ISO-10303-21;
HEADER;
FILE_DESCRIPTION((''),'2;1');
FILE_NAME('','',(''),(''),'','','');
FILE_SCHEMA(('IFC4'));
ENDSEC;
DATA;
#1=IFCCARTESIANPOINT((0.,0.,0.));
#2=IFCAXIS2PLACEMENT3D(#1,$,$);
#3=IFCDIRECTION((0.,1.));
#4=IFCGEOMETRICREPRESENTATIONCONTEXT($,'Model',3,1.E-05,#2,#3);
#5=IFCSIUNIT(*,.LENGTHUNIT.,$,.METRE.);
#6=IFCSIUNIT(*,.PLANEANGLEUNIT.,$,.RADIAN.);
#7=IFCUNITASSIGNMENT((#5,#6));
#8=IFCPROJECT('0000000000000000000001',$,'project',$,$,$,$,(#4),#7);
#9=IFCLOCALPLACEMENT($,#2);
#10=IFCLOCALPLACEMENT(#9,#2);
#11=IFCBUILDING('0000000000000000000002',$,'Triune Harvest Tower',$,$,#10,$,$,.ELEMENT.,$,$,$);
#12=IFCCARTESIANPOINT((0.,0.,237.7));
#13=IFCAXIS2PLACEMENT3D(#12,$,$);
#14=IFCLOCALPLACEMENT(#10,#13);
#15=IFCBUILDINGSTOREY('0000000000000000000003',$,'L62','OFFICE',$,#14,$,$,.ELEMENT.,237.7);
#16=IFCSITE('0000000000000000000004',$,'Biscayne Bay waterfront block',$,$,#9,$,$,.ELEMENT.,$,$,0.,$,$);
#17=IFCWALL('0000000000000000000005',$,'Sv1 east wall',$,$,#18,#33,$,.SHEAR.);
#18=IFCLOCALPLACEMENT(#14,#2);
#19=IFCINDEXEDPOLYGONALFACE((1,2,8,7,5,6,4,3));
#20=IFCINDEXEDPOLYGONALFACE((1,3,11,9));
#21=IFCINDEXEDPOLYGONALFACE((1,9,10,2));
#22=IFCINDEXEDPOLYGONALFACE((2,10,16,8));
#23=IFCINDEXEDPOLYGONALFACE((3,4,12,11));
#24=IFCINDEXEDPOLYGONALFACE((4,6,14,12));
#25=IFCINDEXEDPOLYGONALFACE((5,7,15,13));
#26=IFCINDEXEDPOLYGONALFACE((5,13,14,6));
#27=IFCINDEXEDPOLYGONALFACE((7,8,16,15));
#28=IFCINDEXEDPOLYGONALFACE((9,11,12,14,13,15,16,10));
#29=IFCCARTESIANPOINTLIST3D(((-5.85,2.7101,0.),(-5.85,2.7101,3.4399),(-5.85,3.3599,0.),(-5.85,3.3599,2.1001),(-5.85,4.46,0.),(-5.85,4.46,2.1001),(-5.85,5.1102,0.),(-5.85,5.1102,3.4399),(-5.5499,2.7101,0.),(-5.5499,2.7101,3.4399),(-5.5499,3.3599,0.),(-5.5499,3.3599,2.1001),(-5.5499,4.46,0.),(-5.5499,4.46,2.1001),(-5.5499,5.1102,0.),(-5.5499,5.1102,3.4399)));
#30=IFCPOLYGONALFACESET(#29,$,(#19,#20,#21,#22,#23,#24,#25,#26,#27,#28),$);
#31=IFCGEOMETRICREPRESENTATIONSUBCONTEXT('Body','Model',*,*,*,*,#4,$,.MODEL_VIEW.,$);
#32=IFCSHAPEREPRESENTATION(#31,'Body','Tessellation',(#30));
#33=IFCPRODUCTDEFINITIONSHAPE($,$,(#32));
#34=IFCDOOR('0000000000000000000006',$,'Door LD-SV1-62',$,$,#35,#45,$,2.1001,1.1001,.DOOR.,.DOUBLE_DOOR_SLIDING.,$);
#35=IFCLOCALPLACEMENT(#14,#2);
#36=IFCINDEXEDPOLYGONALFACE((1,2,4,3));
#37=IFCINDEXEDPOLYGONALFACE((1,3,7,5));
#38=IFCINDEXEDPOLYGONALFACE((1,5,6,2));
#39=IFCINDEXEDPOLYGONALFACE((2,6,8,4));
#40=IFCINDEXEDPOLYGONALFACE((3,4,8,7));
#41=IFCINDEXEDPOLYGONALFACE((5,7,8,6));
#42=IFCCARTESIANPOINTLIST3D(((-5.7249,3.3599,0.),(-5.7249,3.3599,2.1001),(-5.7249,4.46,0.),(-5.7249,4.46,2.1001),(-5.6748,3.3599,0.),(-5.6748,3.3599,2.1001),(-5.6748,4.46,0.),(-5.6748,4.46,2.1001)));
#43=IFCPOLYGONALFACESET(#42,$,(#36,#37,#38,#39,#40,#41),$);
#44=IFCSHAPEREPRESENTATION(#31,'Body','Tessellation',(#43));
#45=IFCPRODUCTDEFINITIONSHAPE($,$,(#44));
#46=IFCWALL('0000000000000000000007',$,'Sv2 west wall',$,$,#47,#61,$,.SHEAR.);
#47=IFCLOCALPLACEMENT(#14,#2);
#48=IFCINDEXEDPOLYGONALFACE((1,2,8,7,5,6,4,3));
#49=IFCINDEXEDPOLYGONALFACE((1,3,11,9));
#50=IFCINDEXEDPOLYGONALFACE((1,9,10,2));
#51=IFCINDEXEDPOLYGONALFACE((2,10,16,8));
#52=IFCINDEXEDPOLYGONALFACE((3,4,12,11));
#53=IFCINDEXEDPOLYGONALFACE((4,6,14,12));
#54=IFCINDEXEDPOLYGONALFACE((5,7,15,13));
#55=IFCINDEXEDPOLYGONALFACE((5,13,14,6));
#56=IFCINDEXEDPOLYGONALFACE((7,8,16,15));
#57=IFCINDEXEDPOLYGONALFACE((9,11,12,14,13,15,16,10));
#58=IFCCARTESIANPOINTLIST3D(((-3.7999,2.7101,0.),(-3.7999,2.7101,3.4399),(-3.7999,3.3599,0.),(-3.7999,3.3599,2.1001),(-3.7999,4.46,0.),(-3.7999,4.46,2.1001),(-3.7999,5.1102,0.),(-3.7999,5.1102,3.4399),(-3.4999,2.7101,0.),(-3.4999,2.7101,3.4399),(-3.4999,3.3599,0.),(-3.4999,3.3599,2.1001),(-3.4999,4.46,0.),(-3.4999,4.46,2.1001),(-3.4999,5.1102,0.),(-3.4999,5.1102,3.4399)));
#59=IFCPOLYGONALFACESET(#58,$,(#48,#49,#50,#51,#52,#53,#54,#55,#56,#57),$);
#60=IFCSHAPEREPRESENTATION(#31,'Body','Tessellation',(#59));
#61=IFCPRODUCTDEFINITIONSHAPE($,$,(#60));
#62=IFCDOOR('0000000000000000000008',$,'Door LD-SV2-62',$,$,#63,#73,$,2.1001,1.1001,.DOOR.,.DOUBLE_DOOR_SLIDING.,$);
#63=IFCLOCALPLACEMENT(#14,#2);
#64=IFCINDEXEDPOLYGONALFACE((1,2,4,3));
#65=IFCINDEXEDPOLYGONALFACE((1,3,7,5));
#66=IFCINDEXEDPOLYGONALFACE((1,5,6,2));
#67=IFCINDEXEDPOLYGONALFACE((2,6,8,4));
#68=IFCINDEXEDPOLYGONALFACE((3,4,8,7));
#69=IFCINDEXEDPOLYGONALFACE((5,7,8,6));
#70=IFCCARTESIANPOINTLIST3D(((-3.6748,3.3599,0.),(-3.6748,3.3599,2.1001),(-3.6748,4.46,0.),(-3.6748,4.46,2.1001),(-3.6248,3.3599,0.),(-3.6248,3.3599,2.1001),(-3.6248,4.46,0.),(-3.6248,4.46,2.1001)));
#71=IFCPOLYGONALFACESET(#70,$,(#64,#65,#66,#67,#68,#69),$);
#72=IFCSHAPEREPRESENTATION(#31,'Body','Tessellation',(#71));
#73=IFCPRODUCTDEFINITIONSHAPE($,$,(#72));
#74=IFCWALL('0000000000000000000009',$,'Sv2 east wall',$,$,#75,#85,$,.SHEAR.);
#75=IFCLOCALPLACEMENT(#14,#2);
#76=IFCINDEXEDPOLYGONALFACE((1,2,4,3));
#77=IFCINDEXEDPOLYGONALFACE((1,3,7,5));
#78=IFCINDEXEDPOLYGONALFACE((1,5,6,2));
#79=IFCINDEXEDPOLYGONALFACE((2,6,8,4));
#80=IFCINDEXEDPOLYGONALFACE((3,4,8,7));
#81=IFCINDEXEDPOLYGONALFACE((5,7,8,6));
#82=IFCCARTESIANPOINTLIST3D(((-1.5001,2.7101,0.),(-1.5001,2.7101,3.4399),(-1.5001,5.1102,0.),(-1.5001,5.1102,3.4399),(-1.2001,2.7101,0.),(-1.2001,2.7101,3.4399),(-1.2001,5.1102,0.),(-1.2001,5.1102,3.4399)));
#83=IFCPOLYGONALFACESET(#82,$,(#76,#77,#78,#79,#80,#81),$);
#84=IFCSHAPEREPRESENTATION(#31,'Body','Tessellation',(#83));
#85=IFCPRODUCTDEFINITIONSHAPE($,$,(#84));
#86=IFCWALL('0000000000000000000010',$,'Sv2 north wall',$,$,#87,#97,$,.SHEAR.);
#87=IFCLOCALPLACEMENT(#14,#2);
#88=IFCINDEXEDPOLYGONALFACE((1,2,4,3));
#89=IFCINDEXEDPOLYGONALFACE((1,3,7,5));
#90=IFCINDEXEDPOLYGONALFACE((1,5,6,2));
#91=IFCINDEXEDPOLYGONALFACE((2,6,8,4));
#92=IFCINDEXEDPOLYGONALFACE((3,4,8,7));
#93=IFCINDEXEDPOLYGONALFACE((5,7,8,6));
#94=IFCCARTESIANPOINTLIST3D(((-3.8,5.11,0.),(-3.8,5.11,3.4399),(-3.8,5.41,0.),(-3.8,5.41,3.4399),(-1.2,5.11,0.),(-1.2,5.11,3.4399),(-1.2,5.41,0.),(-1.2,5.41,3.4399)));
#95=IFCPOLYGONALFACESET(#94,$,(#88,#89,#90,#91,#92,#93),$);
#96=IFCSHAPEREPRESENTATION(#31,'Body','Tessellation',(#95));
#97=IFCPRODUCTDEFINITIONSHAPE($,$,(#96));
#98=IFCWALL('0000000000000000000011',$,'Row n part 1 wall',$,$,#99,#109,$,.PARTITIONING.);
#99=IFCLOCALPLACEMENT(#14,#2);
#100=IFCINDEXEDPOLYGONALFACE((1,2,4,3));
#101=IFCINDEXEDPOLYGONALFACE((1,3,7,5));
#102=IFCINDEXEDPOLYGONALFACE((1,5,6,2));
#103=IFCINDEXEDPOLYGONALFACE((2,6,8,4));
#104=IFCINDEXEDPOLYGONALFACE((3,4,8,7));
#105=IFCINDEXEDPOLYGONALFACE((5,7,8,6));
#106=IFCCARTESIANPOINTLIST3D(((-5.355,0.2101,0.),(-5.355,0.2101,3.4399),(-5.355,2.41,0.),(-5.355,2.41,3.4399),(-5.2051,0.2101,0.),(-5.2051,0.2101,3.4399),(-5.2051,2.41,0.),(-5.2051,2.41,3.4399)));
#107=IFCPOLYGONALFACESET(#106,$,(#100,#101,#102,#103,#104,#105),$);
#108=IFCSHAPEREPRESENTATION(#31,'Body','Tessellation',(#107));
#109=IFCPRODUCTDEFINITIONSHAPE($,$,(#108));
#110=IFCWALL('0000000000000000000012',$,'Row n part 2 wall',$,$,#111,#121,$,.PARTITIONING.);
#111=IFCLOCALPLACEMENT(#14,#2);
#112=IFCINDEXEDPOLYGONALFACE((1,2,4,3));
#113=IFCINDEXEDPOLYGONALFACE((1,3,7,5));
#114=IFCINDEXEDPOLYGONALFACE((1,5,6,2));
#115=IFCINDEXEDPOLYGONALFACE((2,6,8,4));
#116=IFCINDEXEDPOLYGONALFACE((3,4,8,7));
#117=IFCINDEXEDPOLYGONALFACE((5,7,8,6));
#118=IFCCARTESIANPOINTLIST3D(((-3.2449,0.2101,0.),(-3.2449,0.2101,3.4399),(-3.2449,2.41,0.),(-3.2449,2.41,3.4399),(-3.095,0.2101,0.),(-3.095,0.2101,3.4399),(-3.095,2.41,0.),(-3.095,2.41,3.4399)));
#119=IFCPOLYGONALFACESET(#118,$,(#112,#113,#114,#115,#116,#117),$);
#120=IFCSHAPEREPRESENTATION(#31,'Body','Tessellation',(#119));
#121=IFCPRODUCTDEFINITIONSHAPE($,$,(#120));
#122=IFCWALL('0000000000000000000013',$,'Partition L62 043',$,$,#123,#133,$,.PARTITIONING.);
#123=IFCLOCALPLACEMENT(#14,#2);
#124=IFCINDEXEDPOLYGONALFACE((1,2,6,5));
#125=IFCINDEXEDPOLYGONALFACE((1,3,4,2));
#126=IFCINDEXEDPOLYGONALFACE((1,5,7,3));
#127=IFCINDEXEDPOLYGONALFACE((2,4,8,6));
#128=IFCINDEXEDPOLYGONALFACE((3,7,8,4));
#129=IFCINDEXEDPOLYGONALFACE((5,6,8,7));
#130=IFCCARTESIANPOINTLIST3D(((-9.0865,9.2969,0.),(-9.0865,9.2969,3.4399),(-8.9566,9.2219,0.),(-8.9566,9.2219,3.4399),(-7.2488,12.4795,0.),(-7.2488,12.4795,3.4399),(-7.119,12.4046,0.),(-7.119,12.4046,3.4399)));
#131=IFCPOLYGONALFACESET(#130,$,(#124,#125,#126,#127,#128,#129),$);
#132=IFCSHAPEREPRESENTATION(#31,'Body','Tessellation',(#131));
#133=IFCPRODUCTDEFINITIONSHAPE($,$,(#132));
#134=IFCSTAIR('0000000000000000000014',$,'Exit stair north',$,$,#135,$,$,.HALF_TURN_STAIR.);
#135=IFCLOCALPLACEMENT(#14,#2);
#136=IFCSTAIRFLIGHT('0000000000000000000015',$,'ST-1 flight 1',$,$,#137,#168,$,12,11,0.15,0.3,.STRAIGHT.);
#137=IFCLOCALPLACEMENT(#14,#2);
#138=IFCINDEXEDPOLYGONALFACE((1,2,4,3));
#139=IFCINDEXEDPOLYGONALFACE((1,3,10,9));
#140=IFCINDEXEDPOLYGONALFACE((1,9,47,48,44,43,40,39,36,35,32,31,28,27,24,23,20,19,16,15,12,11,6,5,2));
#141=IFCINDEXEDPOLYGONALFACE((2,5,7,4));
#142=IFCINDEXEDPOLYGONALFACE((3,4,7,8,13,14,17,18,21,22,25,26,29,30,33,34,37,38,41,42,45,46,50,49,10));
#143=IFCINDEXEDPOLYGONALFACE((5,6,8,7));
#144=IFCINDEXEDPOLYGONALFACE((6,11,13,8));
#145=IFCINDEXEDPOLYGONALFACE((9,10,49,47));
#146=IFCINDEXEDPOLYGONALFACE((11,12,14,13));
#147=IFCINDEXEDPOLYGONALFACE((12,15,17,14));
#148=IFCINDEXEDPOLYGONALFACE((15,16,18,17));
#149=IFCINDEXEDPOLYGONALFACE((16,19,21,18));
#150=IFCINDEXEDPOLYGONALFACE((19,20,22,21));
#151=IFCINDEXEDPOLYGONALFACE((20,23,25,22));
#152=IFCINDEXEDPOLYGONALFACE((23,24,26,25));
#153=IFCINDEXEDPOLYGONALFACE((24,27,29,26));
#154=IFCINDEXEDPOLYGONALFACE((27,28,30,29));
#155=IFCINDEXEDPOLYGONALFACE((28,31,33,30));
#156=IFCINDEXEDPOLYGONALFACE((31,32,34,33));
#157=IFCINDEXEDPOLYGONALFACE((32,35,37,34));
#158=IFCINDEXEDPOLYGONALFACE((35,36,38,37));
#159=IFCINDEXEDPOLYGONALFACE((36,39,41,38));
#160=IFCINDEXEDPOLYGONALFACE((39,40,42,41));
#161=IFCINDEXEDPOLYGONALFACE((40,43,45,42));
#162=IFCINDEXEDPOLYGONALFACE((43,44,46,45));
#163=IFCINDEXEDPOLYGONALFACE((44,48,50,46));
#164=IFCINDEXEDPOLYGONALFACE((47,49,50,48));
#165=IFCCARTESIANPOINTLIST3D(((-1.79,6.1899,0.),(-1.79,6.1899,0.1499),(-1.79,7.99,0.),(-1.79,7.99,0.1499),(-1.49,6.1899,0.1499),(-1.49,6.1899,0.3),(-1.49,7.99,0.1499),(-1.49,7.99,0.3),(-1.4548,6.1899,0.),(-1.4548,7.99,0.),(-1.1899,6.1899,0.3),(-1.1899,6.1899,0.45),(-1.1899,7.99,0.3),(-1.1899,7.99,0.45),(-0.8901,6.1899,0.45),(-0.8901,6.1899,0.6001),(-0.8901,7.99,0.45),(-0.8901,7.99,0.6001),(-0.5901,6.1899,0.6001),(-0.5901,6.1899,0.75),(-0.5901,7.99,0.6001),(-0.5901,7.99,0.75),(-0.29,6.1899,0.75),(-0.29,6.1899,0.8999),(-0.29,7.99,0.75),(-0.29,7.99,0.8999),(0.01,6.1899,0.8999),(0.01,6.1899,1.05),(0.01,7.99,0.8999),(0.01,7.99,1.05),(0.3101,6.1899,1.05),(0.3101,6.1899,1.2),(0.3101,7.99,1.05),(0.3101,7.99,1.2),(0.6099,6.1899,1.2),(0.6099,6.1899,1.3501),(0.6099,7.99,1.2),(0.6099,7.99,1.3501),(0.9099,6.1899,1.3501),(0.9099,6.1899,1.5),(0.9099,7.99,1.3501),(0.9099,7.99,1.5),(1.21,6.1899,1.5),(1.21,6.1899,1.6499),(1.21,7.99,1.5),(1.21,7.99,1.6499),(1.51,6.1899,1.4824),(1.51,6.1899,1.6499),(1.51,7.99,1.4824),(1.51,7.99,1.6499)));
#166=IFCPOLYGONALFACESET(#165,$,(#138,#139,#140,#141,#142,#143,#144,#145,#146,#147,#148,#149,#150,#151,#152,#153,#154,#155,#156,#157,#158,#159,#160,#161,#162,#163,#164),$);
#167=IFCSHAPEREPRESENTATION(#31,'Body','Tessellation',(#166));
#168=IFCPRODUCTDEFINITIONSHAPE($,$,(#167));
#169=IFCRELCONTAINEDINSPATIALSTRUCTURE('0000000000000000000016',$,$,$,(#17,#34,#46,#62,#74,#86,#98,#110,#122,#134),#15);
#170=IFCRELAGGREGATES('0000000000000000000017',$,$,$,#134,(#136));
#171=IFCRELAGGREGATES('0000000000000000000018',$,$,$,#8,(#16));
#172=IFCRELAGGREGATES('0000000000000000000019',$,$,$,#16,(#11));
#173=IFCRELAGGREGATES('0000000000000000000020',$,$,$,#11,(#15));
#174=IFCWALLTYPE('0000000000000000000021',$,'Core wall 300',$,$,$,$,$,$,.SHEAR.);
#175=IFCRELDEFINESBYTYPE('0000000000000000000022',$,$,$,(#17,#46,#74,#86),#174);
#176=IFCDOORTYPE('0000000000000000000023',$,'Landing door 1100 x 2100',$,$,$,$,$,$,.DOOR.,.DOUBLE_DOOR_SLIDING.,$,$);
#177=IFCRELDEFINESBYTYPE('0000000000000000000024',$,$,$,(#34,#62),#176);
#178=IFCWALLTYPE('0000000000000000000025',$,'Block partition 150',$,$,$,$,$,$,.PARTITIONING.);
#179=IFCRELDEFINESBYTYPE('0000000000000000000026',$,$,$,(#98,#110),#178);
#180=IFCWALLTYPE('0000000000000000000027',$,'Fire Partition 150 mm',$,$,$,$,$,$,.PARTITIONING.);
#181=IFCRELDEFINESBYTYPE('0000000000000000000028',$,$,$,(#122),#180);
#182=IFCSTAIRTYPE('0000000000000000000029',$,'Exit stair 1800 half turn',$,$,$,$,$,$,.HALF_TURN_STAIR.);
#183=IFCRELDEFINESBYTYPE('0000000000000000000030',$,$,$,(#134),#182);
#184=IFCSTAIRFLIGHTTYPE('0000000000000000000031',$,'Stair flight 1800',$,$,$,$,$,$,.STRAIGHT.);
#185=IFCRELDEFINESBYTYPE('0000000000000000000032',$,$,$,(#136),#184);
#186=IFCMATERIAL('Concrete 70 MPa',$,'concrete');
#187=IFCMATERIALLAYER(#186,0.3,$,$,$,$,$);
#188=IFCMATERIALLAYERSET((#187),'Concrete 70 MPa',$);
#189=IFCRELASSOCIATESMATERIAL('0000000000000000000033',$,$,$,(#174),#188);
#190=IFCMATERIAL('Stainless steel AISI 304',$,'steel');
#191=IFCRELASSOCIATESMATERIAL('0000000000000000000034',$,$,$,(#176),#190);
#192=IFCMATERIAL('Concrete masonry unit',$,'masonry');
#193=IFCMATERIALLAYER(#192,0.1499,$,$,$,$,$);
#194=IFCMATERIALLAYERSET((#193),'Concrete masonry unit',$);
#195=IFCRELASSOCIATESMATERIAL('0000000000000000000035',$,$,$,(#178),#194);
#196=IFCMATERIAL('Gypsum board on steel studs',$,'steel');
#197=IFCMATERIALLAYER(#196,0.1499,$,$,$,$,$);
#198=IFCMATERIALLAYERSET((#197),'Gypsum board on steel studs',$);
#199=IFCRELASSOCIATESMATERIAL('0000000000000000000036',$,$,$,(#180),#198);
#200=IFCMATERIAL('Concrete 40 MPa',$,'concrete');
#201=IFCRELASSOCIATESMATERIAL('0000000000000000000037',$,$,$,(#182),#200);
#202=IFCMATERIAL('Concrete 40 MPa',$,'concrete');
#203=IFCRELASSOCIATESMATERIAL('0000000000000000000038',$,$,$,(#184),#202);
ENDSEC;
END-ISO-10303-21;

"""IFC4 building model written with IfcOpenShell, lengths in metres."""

from ifc_helpers import new_model, si_unit, direction, frame, frame_2d, origin, place, context, subcontext, project, spatial, polyline, rectangle, outline, extrude, source, transform, mapped, material, layer, layer_set, type_object, element, fill, aggregate, save


model = new_model("IFC4")

# Units and contexts
model_context = context("Model", 3, precision=1e-05, world=origin(), true_north=direction((0.0, 1.0)))
body_context = subcontext(model_context, "Body", "Model", "MODEL_VIEW")
ifc_project = project(units=[si_unit("LENGTHUNIT", "METRE"), si_unit("PLANEANGLEUNIT", "RADIAN")], contexts=[model_context])

# Site, building, storey
site_placement = place(None, origin())
site = spatial("IfcSite", under=ifc_project, at=site_placement, Name="Biscayne Bay waterfront block", CompositionType="ELEMENT", RefElevation=0.0)
building_placement = place(site_placement, origin())
building = spatial("IfcBuilding", under=site, at=building_placement, Name="Triune Harvest Tower", CompositionType="ELEMENT")
storey_placement = place(building_placement, frame((0.0, 0.0, 237.7)))
storey = spatial("IfcBuildingStorey", under=building, at=storey_placement, Name="L62", Description="OFFICE", CompositionType="ELEMENT", Elevation=237.7)

# Shared definitions
ifc_material_1 = material(Name="Concrete 70 MPa", Category="concrete")
ifc_layer_1 = layer(ifc_material_1, 0.3)
ifc_layer_set_1 = layer_set([ifc_layer_1], Name="Concrete 70 MPa")
wall_type_1 = type_object("IfcWallType", Name="Core wall 300", PredefinedType="SHEAR", material=ifc_layer_set_1)

# Shared definitions
shared_shape_1 = source(origin(), body_context, "Body", "SweptSolid", [
    extrude(rectangle(XDim=2.4001, YDim=0.3, at=frame_2d((1.2002, 0.0))), origin(), (0.0, 0.0, 1.0), 3.4399),
])

# Walls, openings, doors
wall_1_placement = place(storey_placement, frame((-5.7, 2.71, 0.0), z_axis=(0.0, 0.0, 1.0), x_axis=(0.0, 1.0, 0.0)))
wall_1 = element("IfcWall", 1, at=wall_1_placement, inside=storey, type_object=wall_type_1, Name="Sv1 east wall", PredefinedType="SHEAR", context=body_context, shape_type="MappedRepresentation", body=[
    mapped(shared_shape_1, transform((0.0, 0.0, 0.0), scale=1.0)),
])
opening_1_placement = place(wall_1_placement, frame((0.6499, 0.0, 0.0)))
opening_1 = element("IfcOpeningElement", 2, at=opening_1_placement, cuts=wall_1, PredefinedType="OPENING", context=body_context, shape_type="SweptSolid", body=[
    extrude(rectangle(XDim=1.1001, YDim=2.1001, at=frame_2d((0.55, 1.05))), frame((0.0, 0.1602, 0.0), z_axis=(0.0, -1.0, 0.0), x_axis=(1.0, 0.0, 0.0)), (0.0, 0.0, 1.0), 0.3201),
])
ifc_material_2 = material(Name="Stainless steel AISI 304", Category="steel")
door_type_1 = type_object("IfcDoorType", Name="Landing door 1100 x 2100", OperationType="DOUBLE_DOOR_SLIDING", PredefinedType="DOOR", material=ifc_material_2)
door_1_placement = place(opening_1_placement, origin())
door_1 = element("IfcDoor", 3, at=door_1_placement, inside=storey, type_object=door_type_1, Name="Door LD-SV1-62", OperationType="DOUBLE_DOOR_SLIDING", OverallHeight=2.1001, OverallWidth=1.1001, PredefinedType="DOOR", context=body_context, shape_type="SweptSolid", body=[
    extrude(rectangle(XDim=1.1001, YDim=2.1001, at=frame_2d((0.55, 1.05))), frame((0.0, 0.0249, 0.0), z_axis=(0.0, -1.0, 0.0), x_axis=(1.0, 0.0, 0.0)), (0.0, 0.0, 1.0), 0.05),
])
fill(opening_1, door_1)
wall_2_placement = place(storey_placement, frame((-3.6499, 2.71, 0.0), z_axis=(0.0, 0.0, 1.0), x_axis=(0.0, 1.0, 0.0)))
wall_2 = element("IfcWall", 4, at=wall_2_placement, inside=storey, type_object=wall_type_1, Name="Sv2 west wall", PredefinedType="SHEAR", context=body_context, shape_type="MappedRepresentation", body=[
    mapped(shared_shape_1, transform((0.0, 0.0, 0.0), scale=1.0)),
])
opening_2_placement = place(wall_2_placement, frame((0.6499, 0.0, 0.0)))
opening_2 = element("IfcOpeningElement", 5, at=opening_2_placement, cuts=wall_2, PredefinedType="OPENING", context=body_context, shape_type="SweptSolid", body=[
    extrude(rectangle(XDim=1.1001, YDim=2.1001, at=frame_2d((0.55, 1.05))), frame((0.0, 0.1602, 0.0), z_axis=(0.0, -1.0, 0.0), x_axis=(1.0, 0.0, 0.0)), (0.0, 0.0, 1.0), 0.3201),
])
door_2_placement = place(opening_2_placement, origin())
door_2 = element("IfcDoor", 6, at=door_2_placement, inside=storey, type_object=door_type_1, Name="Door LD-SV2-62", OperationType="DOUBLE_DOOR_SLIDING", OverallHeight=2.1001, OverallWidth=1.1001, PredefinedType="DOOR", context=body_context, shape_type="SweptSolid", body=[
    extrude(rectangle(XDim=1.1001, YDim=2.1001, at=frame_2d((0.55, 1.05))), frame((0.0, 0.0249, 0.0), z_axis=(0.0, -1.0, 0.0), x_axis=(1.0, 0.0, 0.0)), (0.0, 0.0, 1.0), 0.05),
])
fill(opening_2, door_2)

# Walls
wall_3_placement = place(storey_placement, frame((-1.3501, 2.71, 0.0), z_axis=(0.0, 0.0, 1.0), x_axis=(0.0, 1.0, 0.0)))
element("IfcWall", 7, at=wall_3_placement, inside=storey, type_object=wall_type_1, Name="Sv2 east wall", PredefinedType="SHEAR", context=body_context, shape_type="MappedRepresentation", body=[
    mapped(shared_shape_1, transform((0.0, 0.0, 0.0), scale=1.0)),
])
shared_shape_2 = source(origin(), body_context, "Body", "SweptSolid", [
    extrude(rectangle(XDim=2.6001, YDim=0.3, at=frame_2d((1.3, 0.0))), origin(), (0.0, 0.0, 1.0), 3.4399),
])
wall_4_placement = place(storey_placement, frame((-3.8, 5.26, 0.0), z_axis=(0.0, 0.0, 1.0), x_axis=(1.0, 0.0, 0.0)))
element("IfcWall", 8, at=wall_4_placement, inside=storey, type_object=wall_type_1, Name="Sv2 north wall", PredefinedType="SHEAR", context=body_context, shape_type="MappedRepresentation", body=[
    mapped(shared_shape_2, transform((0.0, 0.0, 0.0), scale=1.0)),
])
ifc_material_3 = material(Name="Concrete masonry unit", Category="masonry")
ifc_layer_2 = layer(ifc_material_3, 0.1499)
ifc_layer_set_2 = layer_set([ifc_layer_2], Name="Concrete masonry unit")
wall_type_2 = type_object("IfcWallType", Name="Block partition 150", PredefinedType="PARTITIONING", material=ifc_layer_set_2)
shared_shape_3 = source(origin(), body_context, "Body", "SweptSolid", [
    extrude(rectangle(XDim=2.2, YDim=0.1499, at=frame_2d((1.1001, 0.0))), origin(), (0.0, 0.0, 1.0), 3.4399),
])
for number, where, z_axis, x_axis, name in (
    (9, (-5.28, 0.21, 0.0), (0.0, 0.0, 1.0), (0.0, 1.0, 0.0), "Row n part 1 wall"),
    (10, (-3.1699, 0.21, 0.0), (0.0, 0.0, 1.0), (0.0, 1.0, 0.0), "Row n part 2 wall"),
):
    element("IfcWall", number, at=place(storey_placement, frame(where, z_axis=z_axis, x_axis=x_axis)), inside=storey, type_object=wall_type_2, Name=name, PredefinedType="PARTITIONING", context=body_context, shape_type="MappedRepresentation", body=[
        mapped(shared_shape_3, transform((0.0, 0.0, 0.0), scale=1.0)),
    ])
ifc_material_4 = material(Name="Gypsum board on steel studs", Category="steel")
ifc_layer_3 = layer(ifc_material_4, 0.1499)
ifc_layer_set_3 = layer_set([ifc_layer_3], Name="Gypsum board on steel studs")
wall_type_3 = type_object("IfcWallType", Name="Fire Partition 150 mm", PredefinedType="PARTITIONING", material=ifc_layer_set_3)
shared_shape_4 = source(origin(), body_context, "Body", "SweptSolid", [
    extrude(rectangle(XDim=3.675, YDim=0.1499, at=frame_2d((1.8374, 0.0))), origin(), (0.0, 0.0, 1.0), 3.4399),
])
wall_5_placement = place(storey_placement, frame((-9.0215, 9.2595, 0.0), z_axis=(0.0, 0.0, 1.0), x_axis=(0.500033, 0.866006, 0.0)))
element("IfcWall", 11, at=wall_5_placement, inside=storey, type_object=wall_type_3, Name="Partition L62 043", PredefinedType="PARTITIONING", context=body_context, shape_type="MappedRepresentation", body=[
    mapped(shared_shape_4, transform((0.0, 0.0, 0.0), scale=1.0)),
])

# Stair, stair flight
ifc_material_5 = material(Name="Concrete 40 MPa", Category="concrete")
stair_type = type_object("IfcStairType", Name="Exit stair 1800 half turn", PredefinedType="HALF_TURN_STAIR", material=ifc_material_5)
stair_placement = place(storey_placement, origin())
stair = element("IfcStair", 12, at=stair_placement, inside=storey, type_object=stair_type, Name="Exit stair north", PredefinedType="HALF_TURN_STAIR")
ifc_material_6 = material(Name="Concrete 40 MPa", Category="concrete")
stair_flight_type = type_object("IfcStairFlightType", Name="Stair flight 1800", PredefinedType="STRAIGHT", material=ifc_material_6)
shared_shape_5 = source(origin(), body_context, "Body", "SweptSolid", [
    extrude(outline(polyline([(0.0, 0.0), (0.0, 0.1499), (0.3, 0.1499), (0.3, 0.3), (0.6001, 0.3), (0.6001, 0.45), (0.8999, 0.45), (0.8999, 0.6001), (1.2, 0.6001), (1.2, 0.75), (1.5, 0.75), (1.5, 0.8999), (1.8, 0.8999), (1.8, 1.05), (2.1001, 1.05), (2.1001, 1.2), (2.3999, 1.2), (2.3999, 1.3501), (2.7, 1.3501), (2.7, 1.5), (3.0, 1.5), (3.0, 1.6499), (3.3, 1.6499), (3.3, 1.8), (3.3, 1.4824), (0.3352, 0.0), (0.0, 0.0)])), frame((0.0, 0.8999, 0.0), z_axis=(0.0, -1.0, 0.0), x_axis=(1.0, 0.0, 0.0)), (0.0, 0.0, 1.0), 1.8),
])
stair_flight_placement = place(storey_placement, frame((-1.79, 7.0901, 0.0), z_axis=(0.0, 0.0, 1.0), x_axis=(1.0, 0.0, 0.0)))
stair_flight = element("IfcStairFlight", 13, at=stair_flight_placement, type_object=stair_flight_type, Name="ST-1 flight 1", NumberOfRisers=12, NumberOfTreads=11, PredefinedType="STRAIGHT", RiserHeight=0.15, TreadLength=0.3, context=body_context, shape_type="MappedRepresentation", body=[
    mapped(shared_shape_5, transform((0.0, 0.0, 0.0), scale=1.0)),
])
aggregate(stair, [stair_flight])

save(model, "model.ifc")
